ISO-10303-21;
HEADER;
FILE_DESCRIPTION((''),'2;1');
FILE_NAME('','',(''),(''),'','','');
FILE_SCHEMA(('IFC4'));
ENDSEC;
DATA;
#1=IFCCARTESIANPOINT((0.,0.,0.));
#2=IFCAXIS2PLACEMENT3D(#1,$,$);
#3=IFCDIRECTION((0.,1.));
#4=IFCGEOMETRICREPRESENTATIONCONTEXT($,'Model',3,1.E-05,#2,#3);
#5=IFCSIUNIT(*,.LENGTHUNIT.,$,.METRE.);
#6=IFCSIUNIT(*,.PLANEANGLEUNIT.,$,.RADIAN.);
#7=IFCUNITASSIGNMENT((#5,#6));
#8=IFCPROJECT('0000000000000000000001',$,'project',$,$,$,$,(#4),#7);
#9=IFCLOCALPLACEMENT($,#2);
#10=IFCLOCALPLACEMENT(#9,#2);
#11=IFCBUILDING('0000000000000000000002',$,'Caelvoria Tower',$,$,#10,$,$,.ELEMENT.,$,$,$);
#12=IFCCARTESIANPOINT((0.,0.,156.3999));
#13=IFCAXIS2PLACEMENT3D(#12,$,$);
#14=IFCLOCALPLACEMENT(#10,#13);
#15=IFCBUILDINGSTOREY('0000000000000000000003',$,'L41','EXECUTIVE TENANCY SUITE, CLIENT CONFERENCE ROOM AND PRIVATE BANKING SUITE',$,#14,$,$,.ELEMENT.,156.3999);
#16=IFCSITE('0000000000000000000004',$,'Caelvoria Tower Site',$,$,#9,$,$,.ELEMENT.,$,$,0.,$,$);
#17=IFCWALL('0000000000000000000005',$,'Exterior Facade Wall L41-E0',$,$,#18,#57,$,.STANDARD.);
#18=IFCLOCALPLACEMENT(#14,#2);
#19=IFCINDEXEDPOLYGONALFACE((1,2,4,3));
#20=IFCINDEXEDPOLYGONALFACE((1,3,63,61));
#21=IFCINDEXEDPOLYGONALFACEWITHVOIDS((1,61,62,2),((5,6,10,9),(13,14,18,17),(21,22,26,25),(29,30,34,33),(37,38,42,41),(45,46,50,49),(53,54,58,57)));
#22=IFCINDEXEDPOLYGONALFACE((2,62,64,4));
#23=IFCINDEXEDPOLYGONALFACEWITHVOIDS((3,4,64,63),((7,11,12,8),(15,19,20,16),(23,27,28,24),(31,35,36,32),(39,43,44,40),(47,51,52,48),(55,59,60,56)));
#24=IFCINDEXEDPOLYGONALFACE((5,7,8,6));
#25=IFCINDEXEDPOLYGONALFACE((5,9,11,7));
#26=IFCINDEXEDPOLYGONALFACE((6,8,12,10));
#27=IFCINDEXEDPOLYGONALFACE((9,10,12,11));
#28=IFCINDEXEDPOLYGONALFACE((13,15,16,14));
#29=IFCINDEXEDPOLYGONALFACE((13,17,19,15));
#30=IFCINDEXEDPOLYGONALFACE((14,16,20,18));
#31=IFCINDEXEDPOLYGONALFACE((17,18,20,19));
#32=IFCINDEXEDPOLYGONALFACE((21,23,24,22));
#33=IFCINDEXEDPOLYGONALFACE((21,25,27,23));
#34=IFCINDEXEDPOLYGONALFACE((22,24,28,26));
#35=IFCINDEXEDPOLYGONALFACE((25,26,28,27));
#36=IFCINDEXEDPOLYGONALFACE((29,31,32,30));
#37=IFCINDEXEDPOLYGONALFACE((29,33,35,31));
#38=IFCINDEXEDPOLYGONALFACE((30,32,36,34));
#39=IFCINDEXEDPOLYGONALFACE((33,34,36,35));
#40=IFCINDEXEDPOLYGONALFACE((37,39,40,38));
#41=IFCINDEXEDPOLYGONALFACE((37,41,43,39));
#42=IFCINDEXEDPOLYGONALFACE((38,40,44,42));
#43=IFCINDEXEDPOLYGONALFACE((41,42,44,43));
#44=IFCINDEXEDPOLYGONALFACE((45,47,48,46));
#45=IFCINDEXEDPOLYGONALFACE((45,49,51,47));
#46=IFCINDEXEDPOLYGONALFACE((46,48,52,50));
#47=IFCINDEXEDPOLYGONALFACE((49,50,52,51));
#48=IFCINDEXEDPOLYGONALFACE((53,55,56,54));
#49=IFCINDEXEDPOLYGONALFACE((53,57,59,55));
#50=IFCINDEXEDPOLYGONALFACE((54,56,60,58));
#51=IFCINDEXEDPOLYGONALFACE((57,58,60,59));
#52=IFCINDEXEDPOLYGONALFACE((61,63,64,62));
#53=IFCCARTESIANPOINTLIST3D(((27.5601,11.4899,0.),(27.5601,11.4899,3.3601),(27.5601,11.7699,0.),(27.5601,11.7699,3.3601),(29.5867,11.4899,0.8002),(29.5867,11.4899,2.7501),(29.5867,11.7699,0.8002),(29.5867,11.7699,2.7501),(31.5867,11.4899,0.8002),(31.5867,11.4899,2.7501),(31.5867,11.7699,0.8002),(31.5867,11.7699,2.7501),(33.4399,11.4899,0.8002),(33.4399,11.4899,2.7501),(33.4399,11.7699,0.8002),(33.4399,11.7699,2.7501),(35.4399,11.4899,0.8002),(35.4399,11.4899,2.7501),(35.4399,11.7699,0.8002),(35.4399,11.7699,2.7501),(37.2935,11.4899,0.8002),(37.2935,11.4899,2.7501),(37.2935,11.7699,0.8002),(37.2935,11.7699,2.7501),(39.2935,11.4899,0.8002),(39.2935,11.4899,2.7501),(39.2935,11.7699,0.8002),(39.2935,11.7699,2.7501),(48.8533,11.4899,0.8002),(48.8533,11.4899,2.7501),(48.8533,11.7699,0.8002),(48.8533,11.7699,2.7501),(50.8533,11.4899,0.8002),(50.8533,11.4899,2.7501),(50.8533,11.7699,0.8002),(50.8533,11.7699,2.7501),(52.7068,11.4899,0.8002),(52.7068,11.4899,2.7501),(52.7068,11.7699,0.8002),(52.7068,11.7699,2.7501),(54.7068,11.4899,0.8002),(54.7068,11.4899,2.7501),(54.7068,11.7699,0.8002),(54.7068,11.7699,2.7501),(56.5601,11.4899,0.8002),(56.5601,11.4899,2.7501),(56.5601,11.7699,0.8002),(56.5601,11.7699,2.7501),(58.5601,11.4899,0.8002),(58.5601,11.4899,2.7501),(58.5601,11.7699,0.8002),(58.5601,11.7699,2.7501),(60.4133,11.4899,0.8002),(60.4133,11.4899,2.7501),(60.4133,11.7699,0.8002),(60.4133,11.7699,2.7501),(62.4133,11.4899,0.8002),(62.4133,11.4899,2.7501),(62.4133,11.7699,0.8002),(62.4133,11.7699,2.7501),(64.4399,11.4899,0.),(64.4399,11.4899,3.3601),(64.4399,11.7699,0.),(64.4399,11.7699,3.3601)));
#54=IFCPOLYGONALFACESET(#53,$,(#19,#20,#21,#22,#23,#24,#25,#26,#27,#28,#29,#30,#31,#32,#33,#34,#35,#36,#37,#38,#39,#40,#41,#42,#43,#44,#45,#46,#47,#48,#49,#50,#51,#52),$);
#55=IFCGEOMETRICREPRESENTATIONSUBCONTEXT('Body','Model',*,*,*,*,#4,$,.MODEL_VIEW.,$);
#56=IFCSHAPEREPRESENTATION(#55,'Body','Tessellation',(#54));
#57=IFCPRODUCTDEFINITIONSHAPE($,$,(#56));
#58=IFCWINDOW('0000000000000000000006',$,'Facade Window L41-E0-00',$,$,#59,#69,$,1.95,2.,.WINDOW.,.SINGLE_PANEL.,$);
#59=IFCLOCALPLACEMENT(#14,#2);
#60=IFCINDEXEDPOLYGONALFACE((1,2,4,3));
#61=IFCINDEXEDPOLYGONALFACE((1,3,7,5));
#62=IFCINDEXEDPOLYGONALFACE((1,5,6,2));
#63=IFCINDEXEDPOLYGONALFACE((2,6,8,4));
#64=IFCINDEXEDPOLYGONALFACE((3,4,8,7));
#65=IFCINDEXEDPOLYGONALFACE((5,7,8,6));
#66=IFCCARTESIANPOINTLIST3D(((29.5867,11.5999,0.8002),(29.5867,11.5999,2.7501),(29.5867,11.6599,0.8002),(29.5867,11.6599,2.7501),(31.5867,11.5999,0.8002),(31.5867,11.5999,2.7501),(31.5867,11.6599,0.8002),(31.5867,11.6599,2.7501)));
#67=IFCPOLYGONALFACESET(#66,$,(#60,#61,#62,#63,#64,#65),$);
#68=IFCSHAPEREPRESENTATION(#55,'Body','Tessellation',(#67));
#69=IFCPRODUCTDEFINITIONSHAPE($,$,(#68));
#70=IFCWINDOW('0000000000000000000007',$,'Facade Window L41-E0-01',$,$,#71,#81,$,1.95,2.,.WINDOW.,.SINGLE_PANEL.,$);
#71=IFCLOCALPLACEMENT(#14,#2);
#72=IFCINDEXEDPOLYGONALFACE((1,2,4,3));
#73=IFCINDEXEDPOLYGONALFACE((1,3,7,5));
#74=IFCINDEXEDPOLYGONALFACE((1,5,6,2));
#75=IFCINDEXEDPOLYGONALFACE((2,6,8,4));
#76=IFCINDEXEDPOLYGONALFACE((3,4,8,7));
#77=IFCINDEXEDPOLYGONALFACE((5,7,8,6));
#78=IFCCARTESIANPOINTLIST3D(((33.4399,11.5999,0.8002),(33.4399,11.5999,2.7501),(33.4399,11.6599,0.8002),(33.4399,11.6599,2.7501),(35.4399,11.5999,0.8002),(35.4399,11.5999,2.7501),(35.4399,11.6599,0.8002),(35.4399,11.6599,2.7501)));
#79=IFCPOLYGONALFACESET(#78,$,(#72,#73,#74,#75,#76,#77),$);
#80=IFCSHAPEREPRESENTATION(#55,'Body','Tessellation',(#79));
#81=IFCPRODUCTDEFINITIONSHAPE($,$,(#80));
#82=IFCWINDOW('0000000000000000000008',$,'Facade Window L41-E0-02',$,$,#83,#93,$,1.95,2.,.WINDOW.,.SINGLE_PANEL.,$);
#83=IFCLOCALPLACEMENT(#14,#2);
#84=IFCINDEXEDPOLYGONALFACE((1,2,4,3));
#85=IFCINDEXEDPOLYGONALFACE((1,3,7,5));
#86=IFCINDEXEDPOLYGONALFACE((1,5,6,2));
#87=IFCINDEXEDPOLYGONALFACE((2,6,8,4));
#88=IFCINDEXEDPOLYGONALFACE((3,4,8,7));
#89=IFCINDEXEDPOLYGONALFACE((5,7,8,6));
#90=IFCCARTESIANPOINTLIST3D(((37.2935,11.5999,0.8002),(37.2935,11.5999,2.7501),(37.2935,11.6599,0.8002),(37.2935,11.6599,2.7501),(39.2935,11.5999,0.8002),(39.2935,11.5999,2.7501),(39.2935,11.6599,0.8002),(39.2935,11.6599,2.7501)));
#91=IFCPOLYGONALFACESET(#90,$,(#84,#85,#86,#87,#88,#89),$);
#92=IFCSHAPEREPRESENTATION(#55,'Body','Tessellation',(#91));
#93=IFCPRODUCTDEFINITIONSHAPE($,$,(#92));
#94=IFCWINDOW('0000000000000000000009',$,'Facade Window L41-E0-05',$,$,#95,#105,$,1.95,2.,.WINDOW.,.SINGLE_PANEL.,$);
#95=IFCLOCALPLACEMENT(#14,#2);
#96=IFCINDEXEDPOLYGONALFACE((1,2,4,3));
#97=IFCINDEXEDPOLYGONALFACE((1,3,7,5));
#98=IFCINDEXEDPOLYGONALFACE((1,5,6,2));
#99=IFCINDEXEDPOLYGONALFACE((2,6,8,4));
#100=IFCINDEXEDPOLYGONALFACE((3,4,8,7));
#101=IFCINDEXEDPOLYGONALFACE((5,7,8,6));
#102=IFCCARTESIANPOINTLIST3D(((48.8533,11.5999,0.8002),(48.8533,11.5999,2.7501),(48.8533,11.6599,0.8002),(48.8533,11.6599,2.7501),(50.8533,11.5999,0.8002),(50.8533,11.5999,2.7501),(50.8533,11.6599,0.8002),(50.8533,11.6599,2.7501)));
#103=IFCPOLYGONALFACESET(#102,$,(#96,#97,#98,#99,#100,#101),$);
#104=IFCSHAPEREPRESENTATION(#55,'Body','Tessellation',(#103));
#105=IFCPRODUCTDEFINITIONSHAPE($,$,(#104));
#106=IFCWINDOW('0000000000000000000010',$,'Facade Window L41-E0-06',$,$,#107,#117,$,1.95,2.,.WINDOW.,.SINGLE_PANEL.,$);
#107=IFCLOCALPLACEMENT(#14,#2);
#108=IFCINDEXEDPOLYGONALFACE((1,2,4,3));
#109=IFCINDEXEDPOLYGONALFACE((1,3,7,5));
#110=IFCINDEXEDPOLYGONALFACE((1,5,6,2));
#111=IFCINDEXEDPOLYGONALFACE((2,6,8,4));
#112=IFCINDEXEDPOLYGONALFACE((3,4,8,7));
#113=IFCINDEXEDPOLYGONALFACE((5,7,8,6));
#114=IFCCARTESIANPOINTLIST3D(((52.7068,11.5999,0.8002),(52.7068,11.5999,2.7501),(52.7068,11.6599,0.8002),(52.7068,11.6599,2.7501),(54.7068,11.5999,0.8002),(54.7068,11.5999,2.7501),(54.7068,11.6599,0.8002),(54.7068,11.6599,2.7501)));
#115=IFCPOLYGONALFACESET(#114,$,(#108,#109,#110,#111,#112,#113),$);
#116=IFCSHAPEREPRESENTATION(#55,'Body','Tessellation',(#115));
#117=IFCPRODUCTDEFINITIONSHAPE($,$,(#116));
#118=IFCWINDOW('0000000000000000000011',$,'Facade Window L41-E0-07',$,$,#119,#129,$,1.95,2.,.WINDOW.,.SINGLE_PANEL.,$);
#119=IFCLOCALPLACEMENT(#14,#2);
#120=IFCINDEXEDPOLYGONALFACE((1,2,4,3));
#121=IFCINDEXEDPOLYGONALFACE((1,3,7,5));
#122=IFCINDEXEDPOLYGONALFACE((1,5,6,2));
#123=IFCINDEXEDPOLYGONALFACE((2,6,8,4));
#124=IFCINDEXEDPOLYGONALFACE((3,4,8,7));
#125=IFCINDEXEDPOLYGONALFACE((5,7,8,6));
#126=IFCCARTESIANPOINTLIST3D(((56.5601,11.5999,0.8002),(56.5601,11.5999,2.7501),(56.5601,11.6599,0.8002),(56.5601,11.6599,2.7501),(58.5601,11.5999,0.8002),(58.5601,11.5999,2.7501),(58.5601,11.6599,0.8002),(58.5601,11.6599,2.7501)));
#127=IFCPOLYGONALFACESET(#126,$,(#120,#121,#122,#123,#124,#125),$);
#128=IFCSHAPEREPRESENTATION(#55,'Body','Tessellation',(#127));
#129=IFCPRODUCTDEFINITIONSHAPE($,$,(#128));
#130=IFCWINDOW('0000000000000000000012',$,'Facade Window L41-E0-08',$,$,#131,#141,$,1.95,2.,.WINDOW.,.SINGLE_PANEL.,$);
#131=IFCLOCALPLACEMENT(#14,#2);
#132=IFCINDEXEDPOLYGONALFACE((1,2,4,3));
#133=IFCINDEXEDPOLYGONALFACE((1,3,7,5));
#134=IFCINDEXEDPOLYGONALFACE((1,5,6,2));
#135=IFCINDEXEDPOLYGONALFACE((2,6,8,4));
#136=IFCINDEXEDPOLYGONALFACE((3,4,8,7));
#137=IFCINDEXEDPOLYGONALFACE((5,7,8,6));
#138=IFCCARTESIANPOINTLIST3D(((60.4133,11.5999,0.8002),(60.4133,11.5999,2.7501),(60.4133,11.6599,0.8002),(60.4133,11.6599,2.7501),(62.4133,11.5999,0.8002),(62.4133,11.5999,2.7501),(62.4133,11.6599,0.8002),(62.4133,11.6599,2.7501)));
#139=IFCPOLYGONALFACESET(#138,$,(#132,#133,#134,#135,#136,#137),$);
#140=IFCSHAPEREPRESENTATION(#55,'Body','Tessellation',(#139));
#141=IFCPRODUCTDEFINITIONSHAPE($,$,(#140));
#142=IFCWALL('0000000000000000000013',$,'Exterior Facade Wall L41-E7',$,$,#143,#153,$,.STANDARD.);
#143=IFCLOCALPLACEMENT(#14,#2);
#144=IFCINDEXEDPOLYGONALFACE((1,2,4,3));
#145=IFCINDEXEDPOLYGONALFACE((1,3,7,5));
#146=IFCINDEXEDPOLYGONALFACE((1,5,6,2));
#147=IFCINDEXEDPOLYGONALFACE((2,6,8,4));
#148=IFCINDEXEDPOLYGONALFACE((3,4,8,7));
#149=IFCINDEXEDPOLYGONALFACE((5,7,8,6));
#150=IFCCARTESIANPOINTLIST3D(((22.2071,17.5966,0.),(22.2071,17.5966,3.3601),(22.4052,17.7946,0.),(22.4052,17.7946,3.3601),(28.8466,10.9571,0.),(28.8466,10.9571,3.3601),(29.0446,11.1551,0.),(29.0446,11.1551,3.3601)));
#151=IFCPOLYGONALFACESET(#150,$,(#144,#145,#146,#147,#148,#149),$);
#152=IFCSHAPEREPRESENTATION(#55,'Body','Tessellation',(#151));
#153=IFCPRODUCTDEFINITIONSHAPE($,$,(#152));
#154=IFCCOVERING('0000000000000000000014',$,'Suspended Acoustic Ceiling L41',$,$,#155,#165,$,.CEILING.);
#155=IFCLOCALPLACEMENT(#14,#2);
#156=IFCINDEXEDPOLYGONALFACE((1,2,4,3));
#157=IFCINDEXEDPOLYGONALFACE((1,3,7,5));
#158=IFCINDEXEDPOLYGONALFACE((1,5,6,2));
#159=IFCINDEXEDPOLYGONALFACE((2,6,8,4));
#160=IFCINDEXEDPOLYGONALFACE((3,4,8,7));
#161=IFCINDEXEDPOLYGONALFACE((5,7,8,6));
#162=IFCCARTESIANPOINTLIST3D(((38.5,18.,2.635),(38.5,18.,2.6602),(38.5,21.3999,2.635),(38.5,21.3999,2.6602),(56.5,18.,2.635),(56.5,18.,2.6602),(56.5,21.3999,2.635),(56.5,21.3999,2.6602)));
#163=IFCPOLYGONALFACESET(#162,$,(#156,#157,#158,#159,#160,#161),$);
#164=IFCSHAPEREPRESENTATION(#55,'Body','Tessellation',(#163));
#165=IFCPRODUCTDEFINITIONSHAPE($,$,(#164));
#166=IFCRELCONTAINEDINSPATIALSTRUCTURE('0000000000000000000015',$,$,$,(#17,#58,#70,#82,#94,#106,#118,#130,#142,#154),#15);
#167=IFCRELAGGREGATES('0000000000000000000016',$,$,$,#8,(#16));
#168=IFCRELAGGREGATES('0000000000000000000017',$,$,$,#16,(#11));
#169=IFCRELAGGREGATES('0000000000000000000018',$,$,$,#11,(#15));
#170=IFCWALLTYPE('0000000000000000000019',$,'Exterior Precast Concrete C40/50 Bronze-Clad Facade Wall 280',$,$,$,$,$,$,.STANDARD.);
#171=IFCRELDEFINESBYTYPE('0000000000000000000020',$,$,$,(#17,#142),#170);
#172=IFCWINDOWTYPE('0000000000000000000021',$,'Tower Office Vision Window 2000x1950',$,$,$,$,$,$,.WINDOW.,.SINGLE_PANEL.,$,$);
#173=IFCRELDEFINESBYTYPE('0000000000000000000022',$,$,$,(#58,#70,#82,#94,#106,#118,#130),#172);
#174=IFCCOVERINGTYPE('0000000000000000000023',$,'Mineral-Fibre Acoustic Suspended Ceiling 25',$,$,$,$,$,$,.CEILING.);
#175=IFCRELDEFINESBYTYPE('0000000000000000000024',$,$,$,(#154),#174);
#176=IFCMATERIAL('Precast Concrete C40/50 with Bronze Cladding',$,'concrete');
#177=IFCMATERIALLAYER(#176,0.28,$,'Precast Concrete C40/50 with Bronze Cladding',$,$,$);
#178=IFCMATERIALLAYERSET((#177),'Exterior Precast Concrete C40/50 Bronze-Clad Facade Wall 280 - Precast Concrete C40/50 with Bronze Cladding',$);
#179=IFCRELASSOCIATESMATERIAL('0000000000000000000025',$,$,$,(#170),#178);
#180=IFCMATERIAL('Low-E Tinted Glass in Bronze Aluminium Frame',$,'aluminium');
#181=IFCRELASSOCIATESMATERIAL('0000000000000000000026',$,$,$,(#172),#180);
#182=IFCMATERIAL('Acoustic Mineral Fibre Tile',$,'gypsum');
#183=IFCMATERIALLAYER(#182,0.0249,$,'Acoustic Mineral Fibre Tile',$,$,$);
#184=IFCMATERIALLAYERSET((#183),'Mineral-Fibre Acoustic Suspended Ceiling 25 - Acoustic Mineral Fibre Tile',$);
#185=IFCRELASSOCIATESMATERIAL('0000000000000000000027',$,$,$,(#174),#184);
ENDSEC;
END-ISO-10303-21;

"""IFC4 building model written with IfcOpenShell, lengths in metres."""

from ifc_helpers import new_model, si_unit, direction, frame, frame_2d, origin, place, context, subcontext, project, spatial, polyline, rectangle, outline, extrude, material, layer, layer_set, type_object, element, fill, save


model = new_model("IFC4")

# Units and contexts
model_context = context("Model", 3, precision=1e-05, world=origin(), true_north=direction((0.0, 1.0)))
body_context = subcontext(model_context, "Body", "Model", "MODEL_VIEW")
ifc_project = project(units=[si_unit("LENGTHUNIT", "METRE"), si_unit("PLANEANGLEUNIT", "RADIAN")], contexts=[model_context])

# Site, building, storey
site_placement = place(None, origin())
site = spatial("IfcSite", under=ifc_project, at=site_placement, Name="Caelvoria Tower Site", CompositionType="ELEMENT", RefElevation=0.0)
building_placement = place(site_placement, origin())
building = spatial("IfcBuilding", under=site, at=building_placement, Name="Caelvoria Tower", CompositionType="ELEMENT")
storey_placement = place(building_placement, frame((0.0, 0.0, 156.3999)))
storey = spatial("IfcBuildingStorey", under=building, at=storey_placement, Name="L41", Description="EXECUTIVE TENANCY SUITE, CLIENT CONFERENCE ROOM AND PRIVATE BANKING SUITE", CompositionType="ELEMENT", Elevation=156.3999)

# Wall, openings, windows
ifc_material_1 = material(Name="Precast Concrete C40/50 with Bronze Cladding", Category="concrete")
ifc_layer_1 = layer(ifc_material_1, 0.28, Name="Precast Concrete C40/50 with Bronze Cladding")
ifc_layer_set_1 = layer_set([ifc_layer_1], Name="Exterior Precast Concrete C40/50 Bronze-Clad Facade Wall 280 - Precast Concrete C40/50 with Bronze Cladding")
wall_type = type_object("IfcWallType", Name="Exterior Precast Concrete C40/50 Bronze-Clad Facade Wall 280", PredefinedType="STANDARD", material=ifc_layer_set_1)
wall_1_placement = place(storey_placement, frame((27.5601, 11.6299, 0.0), z_axis=(0.0, 0.0, 1.0), x_axis=(1.0, 0.0, 0.0)))
wall_1 = element("IfcWall", 1, at=wall_1_placement, inside=storey, type_object=wall_type, Name="Exterior Facade Wall L41-E0", PredefinedType="STANDARD", context=body_context, shape_type="SweptSolid", body=[
    extrude(rectangle(XDim=36.8799, YDim=0.28, at=frame_2d((18.4399, 0.0))), origin(), (0.0, 0.0, 1.0), 3.3601),
])
opening_1_placement = place(wall_1_placement, frame((2.0266, 0.0, 0.8)))
opening_1 = element("IfcOpeningElement", 2, at=opening_1_placement, cuts=wall_1, PredefinedType="OPENING", context=body_context, shape_type="SweptSolid", body=[
    extrude(rectangle(XDim=2.0, YDim=1.95, at=frame_2d((1.0, 0.9751))), frame((0.0, 0.1499, 0.0), z_axis=(0.0, -1.0, 0.0), x_axis=(1.0, 0.0, 0.0)), (0.0, 0.0, 1.0), 0.3),
])
opening_2_placement = place(wall_1_placement, frame((5.8799, 0.0, 0.8)))
opening_2 = element("IfcOpeningElement", 3, at=opening_2_placement, cuts=wall_1, PredefinedType="OPENING", context=body_context, shape_type="SweptSolid", body=[
    extrude(rectangle(XDim=2.0, YDim=1.95, at=frame_2d((1.0, 0.9751))), frame((0.0, 0.1499, 0.0), z_axis=(0.0, -1.0, 0.0), x_axis=(1.0, 0.0, 0.0)), (0.0, 0.0, 1.0), 0.3),
])
opening_3_placement = place(wall_1_placement, frame((9.7334, 0.0, 0.8)))
opening_3 = element("IfcOpeningElement", 4, at=opening_3_placement, cuts=wall_1, PredefinedType="OPENING", context=body_context, shape_type="SweptSolid", body=[
    extrude(rectangle(XDim=2.0, YDim=1.95, at=frame_2d((1.0, 0.9751))), frame((0.0, 0.1499, 0.0), z_axis=(0.0, -1.0, 0.0), x_axis=(1.0, 0.0, 0.0)), (0.0, 0.0, 1.0), 0.3),
])
opening_4_placement = place(wall_1_placement, frame((21.2932, 0.0, 0.8)))
opening_4 = element("IfcOpeningElement", 5, at=opening_4_placement, cuts=wall_1, PredefinedType="OPENING", context=body_context, shape_type="SweptSolid", body=[
    extrude(rectangle(XDim=2.0, YDim=1.95, at=frame_2d((1.0, 0.9751))), frame((0.0, 0.1499, 0.0), z_axis=(0.0, -1.0, 0.0), x_axis=(1.0, 0.0, 0.0)), (0.0, 0.0, 1.0), 0.3),
])
opening_5_placement = place(wall_1_placement, frame((25.1467, 0.0, 0.8)))
opening_5 = element("IfcOpeningElement", 6, at=opening_5_placement, cuts=wall_1, PredefinedType="OPENING", context=body_context, shape_type="SweptSolid", body=[
    extrude(rectangle(XDim=2.0, YDim=1.95, at=frame_2d((1.0, 0.9751))), frame((0.0, 0.1499, 0.0), z_axis=(0.0, -1.0, 0.0), x_axis=(1.0, 0.0, 0.0)), (0.0, 0.0, 1.0), 0.3),
])
opening_6_placement = place(wall_1_placement, frame((29.0, 0.0, 0.8)))
opening_6 = element("IfcOpeningElement", 7, at=opening_6_placement, cuts=wall_1, PredefinedType="OPENING", context=body_context, shape_type="SweptSolid", body=[
    extrude(rectangle(XDim=2.0, YDim=1.95, at=frame_2d((1.0, 0.9751))), frame((0.0, 0.1499, 0.0), z_axis=(0.0, -1.0, 0.0), x_axis=(1.0, 0.0, 0.0)), (0.0, 0.0, 1.0), 0.3),
])
opening_7_placement = place(wall_1_placement, frame((32.8533, 0.0, 0.8)))
opening_7 = element("IfcOpeningElement", 8, at=opening_7_placement, cuts=wall_1, PredefinedType="OPENING", context=body_context, shape_type="SweptSolid", body=[
    extrude(rectangle(XDim=2.0, YDim=1.95, at=frame_2d((1.0, 0.9751))), frame((0.0, 0.1499, 0.0), z_axis=(0.0, -1.0, 0.0), x_axis=(1.0, 0.0, 0.0)), (0.0, 0.0, 1.0), 0.3),
])
ifc_material_2 = material(Name="Low-E Tinted Glass in Bronze Aluminium Frame", Category="aluminium")
window_type = type_object("IfcWindowType", Name="Tower Office Vision Window 2000x1950", PartitioningType="SINGLE_PANEL", PredefinedType="WINDOW", material=ifc_material_2)
window_1_placement = place(opening_1_placement, origin())
window_1 = element("IfcWindow", 9, at=window_1_placement, inside=storey, type_object=window_type, Name="Facade Window L41-E0-00", OverallHeight=1.95, OverallWidth=2.0, PartitioningType="SINGLE_PANEL", PredefinedType="WINDOW", context=body_context, shape_type="SweptSolid", body=[
    extrude(rectangle(XDim=2.0, YDim=1.95, at=frame_2d((1.0, 0.9751))), frame((0.0, 0.03, 0.0), z_axis=(0.0, -1.0, 0.0), x_axis=(1.0, 0.0, 0.0)), (0.0, 0.0, 1.0), 0.0601),
])
fill(opening_1, window_1)
window_2_placement = place(opening_2_placement, origin())
window_2 = element("IfcWindow", 10, at=window_2_placement, inside=storey, type_object=window_type, Name="Facade Window L41-E0-01", OverallHeight=1.95, OverallWidth=2.0, PartitioningType="SINGLE_PANEL", PredefinedType="WINDOW", context=body_context, shape_type="SweptSolid", body=[
    extrude(rectangle(XDim=2.0, YDim=1.95, at=frame_2d((1.0, 0.9751))), frame((0.0, 0.03, 0.0), z_axis=(0.0, -1.0, 0.0), x_axis=(1.0, 0.0, 0.0)), (0.0, 0.0, 1.0), 0.0601),
])
fill(opening_2, window_2)
window_3_placement = place(opening_3_placement, origin())
window_3 = element("IfcWindow", 11, at=window_3_placement, inside=storey, type_object=window_type, Name="Facade Window L41-E0-02", OverallHeight=1.95, OverallWidth=2.0, PartitioningType="SINGLE_PANEL", PredefinedType="WINDOW", context=body_context, shape_type="SweptSolid", body=[
    extrude(rectangle(XDim=2.0, YDim=1.95, at=frame_2d((1.0, 0.9751))), frame((0.0, 0.03, 0.0), z_axis=(0.0, -1.0, 0.0), x_axis=(1.0, 0.0, 0.0)), (0.0, 0.0, 1.0), 0.0601),
])
fill(opening_3, window_3)
window_4_placement = place(opening_4_placement, origin())
window_4 = element("IfcWindow", 12, at=window_4_placement, inside=storey, type_object=window_type, Name="Facade Window L41-E0-05", OverallHeight=1.95, OverallWidth=2.0, PartitioningType="SINGLE_PANEL", PredefinedType="WINDOW", context=body_context, shape_type="SweptSolid", body=[
    extrude(rectangle(XDim=2.0, YDim=1.95, at=frame_2d((1.0, 0.9751))), frame((0.0, 0.03, 0.0), z_axis=(0.0, -1.0, 0.0), x_axis=(1.0, 0.0, 0.0)), (0.0, 0.0, 1.0), 0.0601),
])
fill(opening_4, window_4)
window_5_placement = place(opening_5_placement, origin())
window_5 = element("IfcWindow", 13, at=window_5_placement, inside=storey, type_object=window_type, Name="Facade Window L41-E0-06", OverallHeight=1.95, OverallWidth=2.0, PartitioningType="SINGLE_PANEL", PredefinedType="WINDOW", context=body_context, shape_type="SweptSolid", body=[
    extrude(rectangle(XDim=2.0, YDim=1.95, at=frame_2d((1.0, 0.9751))), frame((0.0, 0.03, 0.0), z_axis=(0.0, -1.0, 0.0), x_axis=(1.0, 0.0, 0.0)), (0.0, 0.0, 1.0), 0.0601),
])
fill(opening_5, window_5)
window_6_placement = place(opening_6_placement, origin())
window_6 = element("IfcWindow", 14, at=window_6_placement, inside=storey, type_object=window_type, Name="Facade Window L41-E0-07", OverallHeight=1.95, OverallWidth=2.0, PartitioningType="SINGLE_PANEL", PredefinedType="WINDOW", context=body_context, shape_type="SweptSolid", body=[
    extrude(rectangle(XDim=2.0, YDim=1.95, at=frame_2d((1.0, 0.9751))), frame((0.0, 0.03, 0.0), z_axis=(0.0, -1.0, 0.0), x_axis=(1.0, 0.0, 0.0)), (0.0, 0.0, 1.0), 0.0601),
])
fill(opening_6, window_6)
window_7_placement = place(opening_7_placement, origin())
window_7 = element("IfcWindow", 15, at=window_7_placement, inside=storey, type_object=window_type, Name="Facade Window L41-E0-08", OverallHeight=1.95, OverallWidth=2.0, PartitioningType="SINGLE_PANEL", PredefinedType="WINDOW", context=body_context, shape_type="SweptSolid", body=[
    extrude(rectangle(XDim=2.0, YDim=1.95, at=frame_2d((1.0, 0.9751))), frame((0.0, 0.03, 0.0), z_axis=(0.0, -1.0, 0.0), x_axis=(1.0, 0.0, 0.0)), (0.0, 0.0, 1.0), 0.0601),
])
fill(opening_7, window_7)

# Wall
wall_2_placement = place(storey_placement, frame((22.3062, 17.6956, 0.0), z_axis=(0.0, 0.0, 1.0), x_axis=(0.707107, -0.707107, 0.0)))
element("IfcWall", 16, at=wall_2_placement, inside=storey, type_object=wall_type, Name="Exterior Facade Wall L41-E7", PredefinedType="STANDARD", context=body_context, shape_type="SweptSolid", body=[
    extrude(rectangle(XDim=9.3896, YDim=0.28, at=frame_2d((4.6948, 0.0))), origin(), (0.0, 0.0, 1.0), 3.3601),
])

# Covering
ifc_material_3 = material(Name="Acoustic Mineral Fibre Tile", Category="gypsum")
ifc_layer_2 = layer(ifc_material_3, 0.0249, Name="Acoustic Mineral Fibre Tile")
ifc_layer_set_2 = layer_set([ifc_layer_2], Name="Mineral-Fibre Acoustic Suspended Ceiling 25 - Acoustic Mineral Fibre Tile")
covering_type_1 = type_object("IfcCoveringType", Name="Mineral-Fibre Acoustic Suspended Ceiling 25", PredefinedType="CEILING", material=ifc_layer_set_2)
covering_1_placement = place(storey_placement, frame((0.0, 0.0, 2.635)))
element("IfcCovering", 17, at=covering_1_placement, inside=storey, type_object=covering_type_1, Name="Suspended Acoustic Ceiling L41", PredefinedType="CEILING", context=body_context, shape_type="SweptSolid", body=[
    extrude(outline(polyline([(38.5, 18.0), (56.5, 18.0), (56.5, 21.3999), (38.5, 21.3999), (38.5, 18.0)])), origin(), (0.0, 0.0, 1.0), 0.0251),
])

save(model, "model.ifc")
